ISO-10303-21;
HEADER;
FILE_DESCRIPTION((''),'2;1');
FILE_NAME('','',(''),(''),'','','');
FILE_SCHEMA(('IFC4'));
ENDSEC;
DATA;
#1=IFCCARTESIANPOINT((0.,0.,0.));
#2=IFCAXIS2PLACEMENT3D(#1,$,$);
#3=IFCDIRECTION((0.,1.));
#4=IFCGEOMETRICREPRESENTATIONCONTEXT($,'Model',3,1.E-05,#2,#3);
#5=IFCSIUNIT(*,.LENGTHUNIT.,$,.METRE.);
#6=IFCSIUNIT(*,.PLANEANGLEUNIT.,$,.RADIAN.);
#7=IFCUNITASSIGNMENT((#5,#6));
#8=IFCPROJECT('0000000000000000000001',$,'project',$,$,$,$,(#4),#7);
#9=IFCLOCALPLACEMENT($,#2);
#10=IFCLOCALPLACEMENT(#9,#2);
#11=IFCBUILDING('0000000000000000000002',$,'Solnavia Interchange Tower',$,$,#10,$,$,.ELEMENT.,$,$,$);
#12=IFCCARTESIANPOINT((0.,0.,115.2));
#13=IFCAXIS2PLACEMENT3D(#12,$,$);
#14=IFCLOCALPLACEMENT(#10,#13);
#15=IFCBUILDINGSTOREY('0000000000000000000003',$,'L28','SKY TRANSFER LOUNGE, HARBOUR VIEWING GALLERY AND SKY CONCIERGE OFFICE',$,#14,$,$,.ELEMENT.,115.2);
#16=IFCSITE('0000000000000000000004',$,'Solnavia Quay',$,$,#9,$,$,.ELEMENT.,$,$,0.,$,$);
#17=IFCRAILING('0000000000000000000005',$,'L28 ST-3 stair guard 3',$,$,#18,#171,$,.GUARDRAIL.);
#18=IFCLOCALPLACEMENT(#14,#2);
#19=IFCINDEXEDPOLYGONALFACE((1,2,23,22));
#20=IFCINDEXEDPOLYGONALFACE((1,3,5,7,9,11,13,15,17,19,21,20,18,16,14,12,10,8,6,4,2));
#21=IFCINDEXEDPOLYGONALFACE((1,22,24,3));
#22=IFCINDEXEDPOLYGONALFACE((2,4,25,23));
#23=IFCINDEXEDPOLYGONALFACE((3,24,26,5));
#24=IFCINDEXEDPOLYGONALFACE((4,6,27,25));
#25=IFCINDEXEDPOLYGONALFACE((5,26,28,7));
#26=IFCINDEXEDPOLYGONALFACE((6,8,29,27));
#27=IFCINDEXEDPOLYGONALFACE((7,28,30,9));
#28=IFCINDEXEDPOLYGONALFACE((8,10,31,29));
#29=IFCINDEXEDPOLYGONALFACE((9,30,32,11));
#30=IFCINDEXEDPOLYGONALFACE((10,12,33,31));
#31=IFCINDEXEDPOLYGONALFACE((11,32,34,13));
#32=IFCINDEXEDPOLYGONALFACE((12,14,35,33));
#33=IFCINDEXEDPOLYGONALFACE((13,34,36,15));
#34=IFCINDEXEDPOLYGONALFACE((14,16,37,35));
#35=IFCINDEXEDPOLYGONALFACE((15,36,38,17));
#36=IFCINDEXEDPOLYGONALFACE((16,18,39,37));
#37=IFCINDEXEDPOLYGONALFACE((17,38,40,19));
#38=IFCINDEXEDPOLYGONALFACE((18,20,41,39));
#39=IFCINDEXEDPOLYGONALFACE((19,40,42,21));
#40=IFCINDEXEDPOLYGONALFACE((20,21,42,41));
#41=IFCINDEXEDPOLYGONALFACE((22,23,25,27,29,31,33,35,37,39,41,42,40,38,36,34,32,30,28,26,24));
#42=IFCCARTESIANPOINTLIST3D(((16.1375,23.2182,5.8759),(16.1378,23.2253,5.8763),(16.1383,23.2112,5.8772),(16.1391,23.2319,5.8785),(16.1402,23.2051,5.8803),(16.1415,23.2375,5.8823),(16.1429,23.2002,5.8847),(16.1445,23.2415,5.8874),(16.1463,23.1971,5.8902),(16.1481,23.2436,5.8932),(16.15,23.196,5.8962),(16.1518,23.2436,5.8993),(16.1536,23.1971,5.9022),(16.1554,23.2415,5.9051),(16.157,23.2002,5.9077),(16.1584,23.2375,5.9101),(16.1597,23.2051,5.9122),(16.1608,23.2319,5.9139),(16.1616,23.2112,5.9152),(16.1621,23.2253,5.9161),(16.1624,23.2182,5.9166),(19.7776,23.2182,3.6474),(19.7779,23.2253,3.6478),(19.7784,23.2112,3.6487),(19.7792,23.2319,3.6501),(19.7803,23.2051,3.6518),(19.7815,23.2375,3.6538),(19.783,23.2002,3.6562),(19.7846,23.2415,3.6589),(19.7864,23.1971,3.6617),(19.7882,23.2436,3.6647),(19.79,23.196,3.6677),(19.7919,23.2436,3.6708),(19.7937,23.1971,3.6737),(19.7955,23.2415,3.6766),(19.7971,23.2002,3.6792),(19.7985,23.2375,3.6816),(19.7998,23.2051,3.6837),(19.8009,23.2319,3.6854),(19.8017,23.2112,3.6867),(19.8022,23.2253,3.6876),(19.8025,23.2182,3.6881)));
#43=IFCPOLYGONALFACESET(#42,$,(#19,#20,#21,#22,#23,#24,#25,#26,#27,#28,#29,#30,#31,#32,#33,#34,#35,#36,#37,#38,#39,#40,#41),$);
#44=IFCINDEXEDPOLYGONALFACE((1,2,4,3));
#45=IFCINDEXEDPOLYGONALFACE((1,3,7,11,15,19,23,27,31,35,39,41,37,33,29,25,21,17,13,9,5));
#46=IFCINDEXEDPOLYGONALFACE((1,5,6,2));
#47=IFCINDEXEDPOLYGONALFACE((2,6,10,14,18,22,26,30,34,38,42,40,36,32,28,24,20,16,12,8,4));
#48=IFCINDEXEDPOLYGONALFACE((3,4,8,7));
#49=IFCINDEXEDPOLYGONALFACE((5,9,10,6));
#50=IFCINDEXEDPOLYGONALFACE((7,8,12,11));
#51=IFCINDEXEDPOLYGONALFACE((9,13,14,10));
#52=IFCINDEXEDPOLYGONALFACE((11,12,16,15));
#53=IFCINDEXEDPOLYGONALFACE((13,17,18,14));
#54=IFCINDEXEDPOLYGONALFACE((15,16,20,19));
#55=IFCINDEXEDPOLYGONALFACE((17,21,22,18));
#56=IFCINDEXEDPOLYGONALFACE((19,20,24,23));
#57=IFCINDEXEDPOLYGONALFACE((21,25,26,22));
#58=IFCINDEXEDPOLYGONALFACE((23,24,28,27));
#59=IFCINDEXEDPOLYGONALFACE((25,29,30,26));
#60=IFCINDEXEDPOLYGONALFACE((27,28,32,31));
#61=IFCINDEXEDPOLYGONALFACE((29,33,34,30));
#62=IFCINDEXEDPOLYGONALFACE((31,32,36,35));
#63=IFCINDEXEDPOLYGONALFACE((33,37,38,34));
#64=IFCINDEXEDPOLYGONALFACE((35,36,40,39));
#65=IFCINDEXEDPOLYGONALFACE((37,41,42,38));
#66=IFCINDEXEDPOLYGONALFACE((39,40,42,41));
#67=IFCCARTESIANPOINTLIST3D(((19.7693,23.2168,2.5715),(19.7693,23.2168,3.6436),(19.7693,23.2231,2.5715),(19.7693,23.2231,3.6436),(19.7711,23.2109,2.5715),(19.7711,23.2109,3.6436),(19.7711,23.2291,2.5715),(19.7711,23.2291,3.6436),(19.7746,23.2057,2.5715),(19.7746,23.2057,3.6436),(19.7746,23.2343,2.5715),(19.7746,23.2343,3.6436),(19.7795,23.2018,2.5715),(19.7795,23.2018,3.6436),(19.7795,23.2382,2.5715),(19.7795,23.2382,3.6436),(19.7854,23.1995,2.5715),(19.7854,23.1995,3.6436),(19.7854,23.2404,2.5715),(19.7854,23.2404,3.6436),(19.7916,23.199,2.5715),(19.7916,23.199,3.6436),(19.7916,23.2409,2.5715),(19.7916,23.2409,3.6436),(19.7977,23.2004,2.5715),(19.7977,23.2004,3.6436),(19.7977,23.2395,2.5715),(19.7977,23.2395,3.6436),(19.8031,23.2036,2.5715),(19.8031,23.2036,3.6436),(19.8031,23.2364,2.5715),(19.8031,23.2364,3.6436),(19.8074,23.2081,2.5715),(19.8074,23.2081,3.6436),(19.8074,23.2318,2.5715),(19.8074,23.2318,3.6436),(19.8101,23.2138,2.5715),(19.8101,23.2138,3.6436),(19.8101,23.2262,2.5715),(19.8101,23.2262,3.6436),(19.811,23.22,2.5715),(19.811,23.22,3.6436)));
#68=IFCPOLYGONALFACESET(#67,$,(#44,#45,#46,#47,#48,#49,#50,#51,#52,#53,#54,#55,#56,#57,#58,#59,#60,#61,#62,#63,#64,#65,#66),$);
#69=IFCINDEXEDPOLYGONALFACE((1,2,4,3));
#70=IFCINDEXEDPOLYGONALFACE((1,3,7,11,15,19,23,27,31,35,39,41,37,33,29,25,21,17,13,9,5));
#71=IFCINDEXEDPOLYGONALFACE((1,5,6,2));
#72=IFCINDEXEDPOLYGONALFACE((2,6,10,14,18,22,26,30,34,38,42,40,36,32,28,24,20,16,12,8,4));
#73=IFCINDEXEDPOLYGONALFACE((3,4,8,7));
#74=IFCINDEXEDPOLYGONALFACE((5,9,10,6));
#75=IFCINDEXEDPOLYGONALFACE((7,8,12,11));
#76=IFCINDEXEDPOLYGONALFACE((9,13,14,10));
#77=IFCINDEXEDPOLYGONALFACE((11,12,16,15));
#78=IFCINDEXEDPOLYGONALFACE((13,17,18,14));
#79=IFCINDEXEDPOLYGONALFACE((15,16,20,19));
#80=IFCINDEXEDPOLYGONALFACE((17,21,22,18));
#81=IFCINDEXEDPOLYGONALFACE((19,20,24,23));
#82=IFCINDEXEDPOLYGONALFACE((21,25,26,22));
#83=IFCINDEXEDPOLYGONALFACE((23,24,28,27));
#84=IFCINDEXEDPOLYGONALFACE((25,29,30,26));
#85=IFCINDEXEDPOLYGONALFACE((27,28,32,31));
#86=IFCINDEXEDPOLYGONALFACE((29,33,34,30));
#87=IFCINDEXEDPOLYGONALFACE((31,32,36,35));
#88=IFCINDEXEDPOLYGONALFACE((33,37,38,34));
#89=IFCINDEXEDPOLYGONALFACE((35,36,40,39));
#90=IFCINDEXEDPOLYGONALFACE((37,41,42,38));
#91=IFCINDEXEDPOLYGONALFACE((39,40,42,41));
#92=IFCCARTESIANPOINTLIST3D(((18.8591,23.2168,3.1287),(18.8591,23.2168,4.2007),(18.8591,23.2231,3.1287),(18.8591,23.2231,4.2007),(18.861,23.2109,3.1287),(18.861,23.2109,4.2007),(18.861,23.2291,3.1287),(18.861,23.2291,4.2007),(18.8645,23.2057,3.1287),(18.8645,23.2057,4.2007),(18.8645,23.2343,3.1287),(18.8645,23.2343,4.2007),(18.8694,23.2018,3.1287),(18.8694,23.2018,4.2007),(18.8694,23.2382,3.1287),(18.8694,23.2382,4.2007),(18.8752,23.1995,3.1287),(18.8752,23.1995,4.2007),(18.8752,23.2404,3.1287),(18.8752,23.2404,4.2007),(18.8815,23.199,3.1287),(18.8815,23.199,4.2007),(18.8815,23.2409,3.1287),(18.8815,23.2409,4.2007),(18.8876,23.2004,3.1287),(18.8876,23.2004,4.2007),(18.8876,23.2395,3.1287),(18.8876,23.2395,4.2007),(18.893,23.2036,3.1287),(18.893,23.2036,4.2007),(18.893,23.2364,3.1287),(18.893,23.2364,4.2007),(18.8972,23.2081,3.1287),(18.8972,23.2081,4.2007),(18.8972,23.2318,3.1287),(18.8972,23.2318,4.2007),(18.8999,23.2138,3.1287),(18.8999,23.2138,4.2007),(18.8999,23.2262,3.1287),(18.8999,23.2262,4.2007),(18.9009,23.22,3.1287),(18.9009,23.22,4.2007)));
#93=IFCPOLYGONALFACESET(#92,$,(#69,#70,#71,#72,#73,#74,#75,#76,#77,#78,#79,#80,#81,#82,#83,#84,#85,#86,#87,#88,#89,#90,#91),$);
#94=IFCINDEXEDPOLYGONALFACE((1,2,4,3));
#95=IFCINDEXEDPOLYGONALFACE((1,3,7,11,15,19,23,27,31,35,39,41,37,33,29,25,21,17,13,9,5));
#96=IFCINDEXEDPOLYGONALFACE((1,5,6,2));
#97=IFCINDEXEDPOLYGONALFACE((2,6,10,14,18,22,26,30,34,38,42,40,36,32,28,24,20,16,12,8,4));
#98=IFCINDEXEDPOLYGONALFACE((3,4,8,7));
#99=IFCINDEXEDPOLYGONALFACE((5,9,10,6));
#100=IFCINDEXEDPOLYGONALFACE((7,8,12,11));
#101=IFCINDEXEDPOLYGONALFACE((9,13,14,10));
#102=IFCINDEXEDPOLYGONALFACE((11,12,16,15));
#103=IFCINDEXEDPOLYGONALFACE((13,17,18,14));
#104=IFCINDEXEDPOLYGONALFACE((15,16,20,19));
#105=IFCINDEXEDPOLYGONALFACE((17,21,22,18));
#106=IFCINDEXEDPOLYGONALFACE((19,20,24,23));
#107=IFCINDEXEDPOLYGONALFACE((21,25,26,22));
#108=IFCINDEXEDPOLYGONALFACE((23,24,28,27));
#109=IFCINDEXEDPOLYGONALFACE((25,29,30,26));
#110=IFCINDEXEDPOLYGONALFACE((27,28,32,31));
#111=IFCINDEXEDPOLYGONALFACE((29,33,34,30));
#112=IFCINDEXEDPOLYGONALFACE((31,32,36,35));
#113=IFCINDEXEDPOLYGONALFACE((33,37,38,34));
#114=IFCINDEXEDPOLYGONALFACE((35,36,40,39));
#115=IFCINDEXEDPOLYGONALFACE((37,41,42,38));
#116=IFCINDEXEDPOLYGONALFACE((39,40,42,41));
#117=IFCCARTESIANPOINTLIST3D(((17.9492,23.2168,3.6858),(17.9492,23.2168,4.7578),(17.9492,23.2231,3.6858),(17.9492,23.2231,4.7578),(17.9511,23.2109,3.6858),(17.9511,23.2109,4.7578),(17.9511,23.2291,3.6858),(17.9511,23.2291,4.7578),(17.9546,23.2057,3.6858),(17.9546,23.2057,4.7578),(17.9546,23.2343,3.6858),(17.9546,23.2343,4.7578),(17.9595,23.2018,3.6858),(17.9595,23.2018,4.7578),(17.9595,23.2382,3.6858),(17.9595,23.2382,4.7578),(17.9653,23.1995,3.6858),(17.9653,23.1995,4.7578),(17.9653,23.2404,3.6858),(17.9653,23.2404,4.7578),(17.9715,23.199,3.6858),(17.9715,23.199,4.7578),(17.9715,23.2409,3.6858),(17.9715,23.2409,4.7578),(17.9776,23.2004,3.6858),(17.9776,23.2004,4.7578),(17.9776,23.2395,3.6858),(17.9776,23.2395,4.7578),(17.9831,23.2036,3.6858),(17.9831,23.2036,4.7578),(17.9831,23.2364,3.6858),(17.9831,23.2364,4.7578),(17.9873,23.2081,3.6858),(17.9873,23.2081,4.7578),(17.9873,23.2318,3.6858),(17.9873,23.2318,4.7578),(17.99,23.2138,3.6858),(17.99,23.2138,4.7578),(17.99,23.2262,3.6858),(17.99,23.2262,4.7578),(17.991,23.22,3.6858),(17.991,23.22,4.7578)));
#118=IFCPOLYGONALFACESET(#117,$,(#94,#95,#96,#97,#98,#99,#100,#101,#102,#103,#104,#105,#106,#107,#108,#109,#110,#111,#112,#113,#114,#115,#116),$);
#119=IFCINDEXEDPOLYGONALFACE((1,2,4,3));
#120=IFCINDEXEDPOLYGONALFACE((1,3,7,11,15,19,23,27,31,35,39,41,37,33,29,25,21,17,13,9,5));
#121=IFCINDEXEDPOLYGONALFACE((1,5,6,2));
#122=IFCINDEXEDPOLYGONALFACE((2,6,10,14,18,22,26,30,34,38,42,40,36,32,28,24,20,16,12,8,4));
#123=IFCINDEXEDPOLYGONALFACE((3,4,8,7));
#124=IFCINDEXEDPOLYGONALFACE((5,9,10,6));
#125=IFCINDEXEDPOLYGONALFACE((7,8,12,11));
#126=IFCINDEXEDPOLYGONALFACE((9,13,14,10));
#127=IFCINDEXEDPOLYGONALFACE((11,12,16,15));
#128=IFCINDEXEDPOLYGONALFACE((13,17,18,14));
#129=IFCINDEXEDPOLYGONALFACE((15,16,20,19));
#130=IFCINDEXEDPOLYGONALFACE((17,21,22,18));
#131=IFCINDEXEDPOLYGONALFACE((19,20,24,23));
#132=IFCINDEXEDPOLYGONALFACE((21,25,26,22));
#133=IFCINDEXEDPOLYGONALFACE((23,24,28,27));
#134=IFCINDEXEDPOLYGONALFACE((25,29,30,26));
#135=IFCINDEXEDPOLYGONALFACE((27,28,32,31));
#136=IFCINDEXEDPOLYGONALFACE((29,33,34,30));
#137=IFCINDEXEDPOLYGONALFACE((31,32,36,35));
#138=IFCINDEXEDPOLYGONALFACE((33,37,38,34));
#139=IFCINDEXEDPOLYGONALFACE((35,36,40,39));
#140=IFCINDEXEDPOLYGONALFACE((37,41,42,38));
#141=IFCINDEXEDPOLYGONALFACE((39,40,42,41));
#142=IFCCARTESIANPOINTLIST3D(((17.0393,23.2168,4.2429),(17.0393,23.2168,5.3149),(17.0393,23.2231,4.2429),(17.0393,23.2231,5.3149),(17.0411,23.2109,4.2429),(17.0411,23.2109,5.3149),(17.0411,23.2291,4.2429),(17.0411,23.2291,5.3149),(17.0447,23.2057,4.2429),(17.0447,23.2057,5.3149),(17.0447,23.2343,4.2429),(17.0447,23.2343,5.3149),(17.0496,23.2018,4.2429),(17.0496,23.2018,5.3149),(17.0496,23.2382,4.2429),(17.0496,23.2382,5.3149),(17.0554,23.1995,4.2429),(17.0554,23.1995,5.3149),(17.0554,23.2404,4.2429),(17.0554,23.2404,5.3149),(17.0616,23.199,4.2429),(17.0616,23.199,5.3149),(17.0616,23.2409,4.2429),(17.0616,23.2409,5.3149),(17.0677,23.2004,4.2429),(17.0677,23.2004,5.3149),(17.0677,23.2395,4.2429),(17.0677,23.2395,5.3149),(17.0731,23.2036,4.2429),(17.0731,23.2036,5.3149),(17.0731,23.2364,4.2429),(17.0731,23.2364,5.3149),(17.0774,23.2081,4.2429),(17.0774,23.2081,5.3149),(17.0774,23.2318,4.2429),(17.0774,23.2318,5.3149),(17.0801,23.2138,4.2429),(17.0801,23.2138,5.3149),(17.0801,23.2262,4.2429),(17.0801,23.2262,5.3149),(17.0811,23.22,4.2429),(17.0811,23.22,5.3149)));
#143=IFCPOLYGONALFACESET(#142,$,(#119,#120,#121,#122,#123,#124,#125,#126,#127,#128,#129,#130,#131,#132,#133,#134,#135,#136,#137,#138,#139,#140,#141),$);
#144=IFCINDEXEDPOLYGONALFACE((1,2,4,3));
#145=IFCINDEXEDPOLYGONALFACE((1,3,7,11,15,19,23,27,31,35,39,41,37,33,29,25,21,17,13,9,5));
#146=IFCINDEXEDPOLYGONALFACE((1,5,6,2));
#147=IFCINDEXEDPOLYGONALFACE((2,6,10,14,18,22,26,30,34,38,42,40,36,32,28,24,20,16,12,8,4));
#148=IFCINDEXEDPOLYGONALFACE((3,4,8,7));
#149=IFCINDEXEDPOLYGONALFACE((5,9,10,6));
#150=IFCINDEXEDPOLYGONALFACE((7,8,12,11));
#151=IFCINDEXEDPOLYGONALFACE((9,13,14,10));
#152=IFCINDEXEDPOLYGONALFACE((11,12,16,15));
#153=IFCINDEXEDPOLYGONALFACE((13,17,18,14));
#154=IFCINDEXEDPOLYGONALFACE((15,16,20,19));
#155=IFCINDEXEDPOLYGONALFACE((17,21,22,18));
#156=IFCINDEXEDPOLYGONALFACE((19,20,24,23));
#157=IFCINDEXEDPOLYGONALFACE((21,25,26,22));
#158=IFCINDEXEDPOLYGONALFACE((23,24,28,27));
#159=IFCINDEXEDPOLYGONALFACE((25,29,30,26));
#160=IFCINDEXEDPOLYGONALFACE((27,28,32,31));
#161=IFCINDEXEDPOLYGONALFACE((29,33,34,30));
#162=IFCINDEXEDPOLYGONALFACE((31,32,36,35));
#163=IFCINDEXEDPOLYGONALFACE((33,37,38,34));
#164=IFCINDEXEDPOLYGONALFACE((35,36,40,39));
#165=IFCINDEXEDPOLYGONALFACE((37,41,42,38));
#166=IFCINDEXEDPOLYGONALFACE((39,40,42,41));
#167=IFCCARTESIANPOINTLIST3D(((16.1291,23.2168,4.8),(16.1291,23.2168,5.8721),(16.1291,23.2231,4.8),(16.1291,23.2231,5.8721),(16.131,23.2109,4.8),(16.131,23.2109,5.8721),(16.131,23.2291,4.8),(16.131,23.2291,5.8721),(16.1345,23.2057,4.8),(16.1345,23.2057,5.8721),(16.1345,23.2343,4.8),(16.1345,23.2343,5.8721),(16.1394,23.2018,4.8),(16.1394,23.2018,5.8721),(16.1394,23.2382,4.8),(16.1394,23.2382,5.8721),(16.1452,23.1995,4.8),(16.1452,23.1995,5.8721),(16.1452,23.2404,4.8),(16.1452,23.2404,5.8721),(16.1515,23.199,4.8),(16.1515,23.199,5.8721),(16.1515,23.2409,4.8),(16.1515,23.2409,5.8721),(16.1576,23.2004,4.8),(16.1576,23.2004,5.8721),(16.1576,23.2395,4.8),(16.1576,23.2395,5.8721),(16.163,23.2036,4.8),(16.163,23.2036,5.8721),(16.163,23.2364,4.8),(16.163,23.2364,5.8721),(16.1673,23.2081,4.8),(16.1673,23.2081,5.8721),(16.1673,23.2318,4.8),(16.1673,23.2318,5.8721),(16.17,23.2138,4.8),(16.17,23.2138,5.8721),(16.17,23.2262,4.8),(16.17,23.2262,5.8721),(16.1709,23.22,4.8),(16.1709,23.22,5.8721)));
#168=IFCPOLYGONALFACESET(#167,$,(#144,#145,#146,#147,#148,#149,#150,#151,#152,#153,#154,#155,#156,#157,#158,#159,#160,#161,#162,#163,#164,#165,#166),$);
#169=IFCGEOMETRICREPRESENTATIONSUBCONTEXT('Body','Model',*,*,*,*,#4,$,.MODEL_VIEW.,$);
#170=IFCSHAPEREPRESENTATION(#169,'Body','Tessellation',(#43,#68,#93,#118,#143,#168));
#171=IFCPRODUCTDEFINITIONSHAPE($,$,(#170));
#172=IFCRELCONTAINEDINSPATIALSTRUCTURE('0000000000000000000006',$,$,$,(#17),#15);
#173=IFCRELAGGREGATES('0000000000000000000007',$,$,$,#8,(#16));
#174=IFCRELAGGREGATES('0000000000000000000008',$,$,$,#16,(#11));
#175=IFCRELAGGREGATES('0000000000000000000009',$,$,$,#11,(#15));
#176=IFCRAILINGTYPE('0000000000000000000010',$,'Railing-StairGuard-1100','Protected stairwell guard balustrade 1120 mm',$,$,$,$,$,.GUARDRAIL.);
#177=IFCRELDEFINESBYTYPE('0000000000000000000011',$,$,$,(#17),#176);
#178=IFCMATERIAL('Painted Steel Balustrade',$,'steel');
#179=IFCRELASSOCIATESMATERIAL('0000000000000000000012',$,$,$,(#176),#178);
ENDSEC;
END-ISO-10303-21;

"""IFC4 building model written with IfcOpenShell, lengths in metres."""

from ifc_helpers import new_model, si_unit, direction, frame, origin, origin_2d, place, context, subcontext, project, spatial, circle, extrude, material, type_object, element, save


model = new_model("IFC4")

# Units and contexts
model_context = context("Model", 3, precision=1e-05, world=origin(), true_north=direction((0.0, 1.0)))
body_context = subcontext(model_context, "Body", "Model", "MODEL_VIEW")
ifc_project = project(units=[si_unit("LENGTHUNIT", "METRE"), si_unit("PLANEANGLEUNIT", "RADIAN")], contexts=[model_context])

# Site, building, storey
site_placement = place(None, origin())
site = spatial("IfcSite", under=ifc_project, at=site_placement, Name="Solnavia Quay", CompositionType="ELEMENT", RefElevation=0.0)
building_placement = place(site_placement, origin())
building = spatial("IfcBuilding", under=site, at=building_placement, Name="Solnavia Interchange Tower", CompositionType="ELEMENT")
storey_placement = place(building_placement, frame((0.0, 0.0, 115.2)))
storey = spatial("IfcBuildingStorey", under=building, at=storey_placement, Name="L28", Description="SKY TRANSFER LOUNGE, HARBOUR VIEWING GALLERY AND SKY CONCIERGE OFFICE", CompositionType="ELEMENT", Elevation=115.2)

# Railing
ifc_material_1 = material(Name="Painted Steel Balustrade", Category="steel")
railing_type_1 = type_object("IfcRailingType", Name="Railing-StairGuard-1100", Description="Protected stairwell guard balustrade 1120 mm", PredefinedType="GUARDRAIL", material=ifc_material_1)
railing_1_placement = place(storey_placement, frame((19.79, 23.22, 2.5715)))
element("IfcRailing", 1, at=railing_1_placement, inside=storey, type_object=railing_type_1, Name="L28 ST-3 stair guard 3", PredefinedType="GUARDRAIL", context=body_context, shape_type="SweptSolid", body=[
    extrude(circle(Radius=0.0239, at=origin_2d()), frame((0.0, 0.0, 1.0962), z_axis=(-0.852866, 0.0, 0.52213), x_axis=(0.0, -1.0, 0.0)), (0.0, 0.0, 1.0), 4.2681),
    extrude(circle(Radius=0.021, at=origin_2d()), origin(), (0.0, 0.0, 1.0), 1.072),
    extrude(circle(Radius=0.021, at=origin_2d()), frame((-0.9102, 0.0, 0.5571)), (0.0, 0.0, 1.0), 1.072),
    extrude(circle(Radius=0.021, at=origin_2d()), frame((-1.8201, 0.0, 1.1143)), (0.0, 0.0, 1.0), 1.072),
    extrude(circle(Radius=0.021, at=origin_2d()), frame((-2.73, 0.0, 1.6714)), (0.0, 0.0, 1.0), 1.072),
    extrude(circle(Radius=0.021, at=origin_2d()), frame((-3.6401, 0.0, 2.2285)), (0.0, 0.0, 1.0), 1.072),
])

save(model, "model.ifc")
